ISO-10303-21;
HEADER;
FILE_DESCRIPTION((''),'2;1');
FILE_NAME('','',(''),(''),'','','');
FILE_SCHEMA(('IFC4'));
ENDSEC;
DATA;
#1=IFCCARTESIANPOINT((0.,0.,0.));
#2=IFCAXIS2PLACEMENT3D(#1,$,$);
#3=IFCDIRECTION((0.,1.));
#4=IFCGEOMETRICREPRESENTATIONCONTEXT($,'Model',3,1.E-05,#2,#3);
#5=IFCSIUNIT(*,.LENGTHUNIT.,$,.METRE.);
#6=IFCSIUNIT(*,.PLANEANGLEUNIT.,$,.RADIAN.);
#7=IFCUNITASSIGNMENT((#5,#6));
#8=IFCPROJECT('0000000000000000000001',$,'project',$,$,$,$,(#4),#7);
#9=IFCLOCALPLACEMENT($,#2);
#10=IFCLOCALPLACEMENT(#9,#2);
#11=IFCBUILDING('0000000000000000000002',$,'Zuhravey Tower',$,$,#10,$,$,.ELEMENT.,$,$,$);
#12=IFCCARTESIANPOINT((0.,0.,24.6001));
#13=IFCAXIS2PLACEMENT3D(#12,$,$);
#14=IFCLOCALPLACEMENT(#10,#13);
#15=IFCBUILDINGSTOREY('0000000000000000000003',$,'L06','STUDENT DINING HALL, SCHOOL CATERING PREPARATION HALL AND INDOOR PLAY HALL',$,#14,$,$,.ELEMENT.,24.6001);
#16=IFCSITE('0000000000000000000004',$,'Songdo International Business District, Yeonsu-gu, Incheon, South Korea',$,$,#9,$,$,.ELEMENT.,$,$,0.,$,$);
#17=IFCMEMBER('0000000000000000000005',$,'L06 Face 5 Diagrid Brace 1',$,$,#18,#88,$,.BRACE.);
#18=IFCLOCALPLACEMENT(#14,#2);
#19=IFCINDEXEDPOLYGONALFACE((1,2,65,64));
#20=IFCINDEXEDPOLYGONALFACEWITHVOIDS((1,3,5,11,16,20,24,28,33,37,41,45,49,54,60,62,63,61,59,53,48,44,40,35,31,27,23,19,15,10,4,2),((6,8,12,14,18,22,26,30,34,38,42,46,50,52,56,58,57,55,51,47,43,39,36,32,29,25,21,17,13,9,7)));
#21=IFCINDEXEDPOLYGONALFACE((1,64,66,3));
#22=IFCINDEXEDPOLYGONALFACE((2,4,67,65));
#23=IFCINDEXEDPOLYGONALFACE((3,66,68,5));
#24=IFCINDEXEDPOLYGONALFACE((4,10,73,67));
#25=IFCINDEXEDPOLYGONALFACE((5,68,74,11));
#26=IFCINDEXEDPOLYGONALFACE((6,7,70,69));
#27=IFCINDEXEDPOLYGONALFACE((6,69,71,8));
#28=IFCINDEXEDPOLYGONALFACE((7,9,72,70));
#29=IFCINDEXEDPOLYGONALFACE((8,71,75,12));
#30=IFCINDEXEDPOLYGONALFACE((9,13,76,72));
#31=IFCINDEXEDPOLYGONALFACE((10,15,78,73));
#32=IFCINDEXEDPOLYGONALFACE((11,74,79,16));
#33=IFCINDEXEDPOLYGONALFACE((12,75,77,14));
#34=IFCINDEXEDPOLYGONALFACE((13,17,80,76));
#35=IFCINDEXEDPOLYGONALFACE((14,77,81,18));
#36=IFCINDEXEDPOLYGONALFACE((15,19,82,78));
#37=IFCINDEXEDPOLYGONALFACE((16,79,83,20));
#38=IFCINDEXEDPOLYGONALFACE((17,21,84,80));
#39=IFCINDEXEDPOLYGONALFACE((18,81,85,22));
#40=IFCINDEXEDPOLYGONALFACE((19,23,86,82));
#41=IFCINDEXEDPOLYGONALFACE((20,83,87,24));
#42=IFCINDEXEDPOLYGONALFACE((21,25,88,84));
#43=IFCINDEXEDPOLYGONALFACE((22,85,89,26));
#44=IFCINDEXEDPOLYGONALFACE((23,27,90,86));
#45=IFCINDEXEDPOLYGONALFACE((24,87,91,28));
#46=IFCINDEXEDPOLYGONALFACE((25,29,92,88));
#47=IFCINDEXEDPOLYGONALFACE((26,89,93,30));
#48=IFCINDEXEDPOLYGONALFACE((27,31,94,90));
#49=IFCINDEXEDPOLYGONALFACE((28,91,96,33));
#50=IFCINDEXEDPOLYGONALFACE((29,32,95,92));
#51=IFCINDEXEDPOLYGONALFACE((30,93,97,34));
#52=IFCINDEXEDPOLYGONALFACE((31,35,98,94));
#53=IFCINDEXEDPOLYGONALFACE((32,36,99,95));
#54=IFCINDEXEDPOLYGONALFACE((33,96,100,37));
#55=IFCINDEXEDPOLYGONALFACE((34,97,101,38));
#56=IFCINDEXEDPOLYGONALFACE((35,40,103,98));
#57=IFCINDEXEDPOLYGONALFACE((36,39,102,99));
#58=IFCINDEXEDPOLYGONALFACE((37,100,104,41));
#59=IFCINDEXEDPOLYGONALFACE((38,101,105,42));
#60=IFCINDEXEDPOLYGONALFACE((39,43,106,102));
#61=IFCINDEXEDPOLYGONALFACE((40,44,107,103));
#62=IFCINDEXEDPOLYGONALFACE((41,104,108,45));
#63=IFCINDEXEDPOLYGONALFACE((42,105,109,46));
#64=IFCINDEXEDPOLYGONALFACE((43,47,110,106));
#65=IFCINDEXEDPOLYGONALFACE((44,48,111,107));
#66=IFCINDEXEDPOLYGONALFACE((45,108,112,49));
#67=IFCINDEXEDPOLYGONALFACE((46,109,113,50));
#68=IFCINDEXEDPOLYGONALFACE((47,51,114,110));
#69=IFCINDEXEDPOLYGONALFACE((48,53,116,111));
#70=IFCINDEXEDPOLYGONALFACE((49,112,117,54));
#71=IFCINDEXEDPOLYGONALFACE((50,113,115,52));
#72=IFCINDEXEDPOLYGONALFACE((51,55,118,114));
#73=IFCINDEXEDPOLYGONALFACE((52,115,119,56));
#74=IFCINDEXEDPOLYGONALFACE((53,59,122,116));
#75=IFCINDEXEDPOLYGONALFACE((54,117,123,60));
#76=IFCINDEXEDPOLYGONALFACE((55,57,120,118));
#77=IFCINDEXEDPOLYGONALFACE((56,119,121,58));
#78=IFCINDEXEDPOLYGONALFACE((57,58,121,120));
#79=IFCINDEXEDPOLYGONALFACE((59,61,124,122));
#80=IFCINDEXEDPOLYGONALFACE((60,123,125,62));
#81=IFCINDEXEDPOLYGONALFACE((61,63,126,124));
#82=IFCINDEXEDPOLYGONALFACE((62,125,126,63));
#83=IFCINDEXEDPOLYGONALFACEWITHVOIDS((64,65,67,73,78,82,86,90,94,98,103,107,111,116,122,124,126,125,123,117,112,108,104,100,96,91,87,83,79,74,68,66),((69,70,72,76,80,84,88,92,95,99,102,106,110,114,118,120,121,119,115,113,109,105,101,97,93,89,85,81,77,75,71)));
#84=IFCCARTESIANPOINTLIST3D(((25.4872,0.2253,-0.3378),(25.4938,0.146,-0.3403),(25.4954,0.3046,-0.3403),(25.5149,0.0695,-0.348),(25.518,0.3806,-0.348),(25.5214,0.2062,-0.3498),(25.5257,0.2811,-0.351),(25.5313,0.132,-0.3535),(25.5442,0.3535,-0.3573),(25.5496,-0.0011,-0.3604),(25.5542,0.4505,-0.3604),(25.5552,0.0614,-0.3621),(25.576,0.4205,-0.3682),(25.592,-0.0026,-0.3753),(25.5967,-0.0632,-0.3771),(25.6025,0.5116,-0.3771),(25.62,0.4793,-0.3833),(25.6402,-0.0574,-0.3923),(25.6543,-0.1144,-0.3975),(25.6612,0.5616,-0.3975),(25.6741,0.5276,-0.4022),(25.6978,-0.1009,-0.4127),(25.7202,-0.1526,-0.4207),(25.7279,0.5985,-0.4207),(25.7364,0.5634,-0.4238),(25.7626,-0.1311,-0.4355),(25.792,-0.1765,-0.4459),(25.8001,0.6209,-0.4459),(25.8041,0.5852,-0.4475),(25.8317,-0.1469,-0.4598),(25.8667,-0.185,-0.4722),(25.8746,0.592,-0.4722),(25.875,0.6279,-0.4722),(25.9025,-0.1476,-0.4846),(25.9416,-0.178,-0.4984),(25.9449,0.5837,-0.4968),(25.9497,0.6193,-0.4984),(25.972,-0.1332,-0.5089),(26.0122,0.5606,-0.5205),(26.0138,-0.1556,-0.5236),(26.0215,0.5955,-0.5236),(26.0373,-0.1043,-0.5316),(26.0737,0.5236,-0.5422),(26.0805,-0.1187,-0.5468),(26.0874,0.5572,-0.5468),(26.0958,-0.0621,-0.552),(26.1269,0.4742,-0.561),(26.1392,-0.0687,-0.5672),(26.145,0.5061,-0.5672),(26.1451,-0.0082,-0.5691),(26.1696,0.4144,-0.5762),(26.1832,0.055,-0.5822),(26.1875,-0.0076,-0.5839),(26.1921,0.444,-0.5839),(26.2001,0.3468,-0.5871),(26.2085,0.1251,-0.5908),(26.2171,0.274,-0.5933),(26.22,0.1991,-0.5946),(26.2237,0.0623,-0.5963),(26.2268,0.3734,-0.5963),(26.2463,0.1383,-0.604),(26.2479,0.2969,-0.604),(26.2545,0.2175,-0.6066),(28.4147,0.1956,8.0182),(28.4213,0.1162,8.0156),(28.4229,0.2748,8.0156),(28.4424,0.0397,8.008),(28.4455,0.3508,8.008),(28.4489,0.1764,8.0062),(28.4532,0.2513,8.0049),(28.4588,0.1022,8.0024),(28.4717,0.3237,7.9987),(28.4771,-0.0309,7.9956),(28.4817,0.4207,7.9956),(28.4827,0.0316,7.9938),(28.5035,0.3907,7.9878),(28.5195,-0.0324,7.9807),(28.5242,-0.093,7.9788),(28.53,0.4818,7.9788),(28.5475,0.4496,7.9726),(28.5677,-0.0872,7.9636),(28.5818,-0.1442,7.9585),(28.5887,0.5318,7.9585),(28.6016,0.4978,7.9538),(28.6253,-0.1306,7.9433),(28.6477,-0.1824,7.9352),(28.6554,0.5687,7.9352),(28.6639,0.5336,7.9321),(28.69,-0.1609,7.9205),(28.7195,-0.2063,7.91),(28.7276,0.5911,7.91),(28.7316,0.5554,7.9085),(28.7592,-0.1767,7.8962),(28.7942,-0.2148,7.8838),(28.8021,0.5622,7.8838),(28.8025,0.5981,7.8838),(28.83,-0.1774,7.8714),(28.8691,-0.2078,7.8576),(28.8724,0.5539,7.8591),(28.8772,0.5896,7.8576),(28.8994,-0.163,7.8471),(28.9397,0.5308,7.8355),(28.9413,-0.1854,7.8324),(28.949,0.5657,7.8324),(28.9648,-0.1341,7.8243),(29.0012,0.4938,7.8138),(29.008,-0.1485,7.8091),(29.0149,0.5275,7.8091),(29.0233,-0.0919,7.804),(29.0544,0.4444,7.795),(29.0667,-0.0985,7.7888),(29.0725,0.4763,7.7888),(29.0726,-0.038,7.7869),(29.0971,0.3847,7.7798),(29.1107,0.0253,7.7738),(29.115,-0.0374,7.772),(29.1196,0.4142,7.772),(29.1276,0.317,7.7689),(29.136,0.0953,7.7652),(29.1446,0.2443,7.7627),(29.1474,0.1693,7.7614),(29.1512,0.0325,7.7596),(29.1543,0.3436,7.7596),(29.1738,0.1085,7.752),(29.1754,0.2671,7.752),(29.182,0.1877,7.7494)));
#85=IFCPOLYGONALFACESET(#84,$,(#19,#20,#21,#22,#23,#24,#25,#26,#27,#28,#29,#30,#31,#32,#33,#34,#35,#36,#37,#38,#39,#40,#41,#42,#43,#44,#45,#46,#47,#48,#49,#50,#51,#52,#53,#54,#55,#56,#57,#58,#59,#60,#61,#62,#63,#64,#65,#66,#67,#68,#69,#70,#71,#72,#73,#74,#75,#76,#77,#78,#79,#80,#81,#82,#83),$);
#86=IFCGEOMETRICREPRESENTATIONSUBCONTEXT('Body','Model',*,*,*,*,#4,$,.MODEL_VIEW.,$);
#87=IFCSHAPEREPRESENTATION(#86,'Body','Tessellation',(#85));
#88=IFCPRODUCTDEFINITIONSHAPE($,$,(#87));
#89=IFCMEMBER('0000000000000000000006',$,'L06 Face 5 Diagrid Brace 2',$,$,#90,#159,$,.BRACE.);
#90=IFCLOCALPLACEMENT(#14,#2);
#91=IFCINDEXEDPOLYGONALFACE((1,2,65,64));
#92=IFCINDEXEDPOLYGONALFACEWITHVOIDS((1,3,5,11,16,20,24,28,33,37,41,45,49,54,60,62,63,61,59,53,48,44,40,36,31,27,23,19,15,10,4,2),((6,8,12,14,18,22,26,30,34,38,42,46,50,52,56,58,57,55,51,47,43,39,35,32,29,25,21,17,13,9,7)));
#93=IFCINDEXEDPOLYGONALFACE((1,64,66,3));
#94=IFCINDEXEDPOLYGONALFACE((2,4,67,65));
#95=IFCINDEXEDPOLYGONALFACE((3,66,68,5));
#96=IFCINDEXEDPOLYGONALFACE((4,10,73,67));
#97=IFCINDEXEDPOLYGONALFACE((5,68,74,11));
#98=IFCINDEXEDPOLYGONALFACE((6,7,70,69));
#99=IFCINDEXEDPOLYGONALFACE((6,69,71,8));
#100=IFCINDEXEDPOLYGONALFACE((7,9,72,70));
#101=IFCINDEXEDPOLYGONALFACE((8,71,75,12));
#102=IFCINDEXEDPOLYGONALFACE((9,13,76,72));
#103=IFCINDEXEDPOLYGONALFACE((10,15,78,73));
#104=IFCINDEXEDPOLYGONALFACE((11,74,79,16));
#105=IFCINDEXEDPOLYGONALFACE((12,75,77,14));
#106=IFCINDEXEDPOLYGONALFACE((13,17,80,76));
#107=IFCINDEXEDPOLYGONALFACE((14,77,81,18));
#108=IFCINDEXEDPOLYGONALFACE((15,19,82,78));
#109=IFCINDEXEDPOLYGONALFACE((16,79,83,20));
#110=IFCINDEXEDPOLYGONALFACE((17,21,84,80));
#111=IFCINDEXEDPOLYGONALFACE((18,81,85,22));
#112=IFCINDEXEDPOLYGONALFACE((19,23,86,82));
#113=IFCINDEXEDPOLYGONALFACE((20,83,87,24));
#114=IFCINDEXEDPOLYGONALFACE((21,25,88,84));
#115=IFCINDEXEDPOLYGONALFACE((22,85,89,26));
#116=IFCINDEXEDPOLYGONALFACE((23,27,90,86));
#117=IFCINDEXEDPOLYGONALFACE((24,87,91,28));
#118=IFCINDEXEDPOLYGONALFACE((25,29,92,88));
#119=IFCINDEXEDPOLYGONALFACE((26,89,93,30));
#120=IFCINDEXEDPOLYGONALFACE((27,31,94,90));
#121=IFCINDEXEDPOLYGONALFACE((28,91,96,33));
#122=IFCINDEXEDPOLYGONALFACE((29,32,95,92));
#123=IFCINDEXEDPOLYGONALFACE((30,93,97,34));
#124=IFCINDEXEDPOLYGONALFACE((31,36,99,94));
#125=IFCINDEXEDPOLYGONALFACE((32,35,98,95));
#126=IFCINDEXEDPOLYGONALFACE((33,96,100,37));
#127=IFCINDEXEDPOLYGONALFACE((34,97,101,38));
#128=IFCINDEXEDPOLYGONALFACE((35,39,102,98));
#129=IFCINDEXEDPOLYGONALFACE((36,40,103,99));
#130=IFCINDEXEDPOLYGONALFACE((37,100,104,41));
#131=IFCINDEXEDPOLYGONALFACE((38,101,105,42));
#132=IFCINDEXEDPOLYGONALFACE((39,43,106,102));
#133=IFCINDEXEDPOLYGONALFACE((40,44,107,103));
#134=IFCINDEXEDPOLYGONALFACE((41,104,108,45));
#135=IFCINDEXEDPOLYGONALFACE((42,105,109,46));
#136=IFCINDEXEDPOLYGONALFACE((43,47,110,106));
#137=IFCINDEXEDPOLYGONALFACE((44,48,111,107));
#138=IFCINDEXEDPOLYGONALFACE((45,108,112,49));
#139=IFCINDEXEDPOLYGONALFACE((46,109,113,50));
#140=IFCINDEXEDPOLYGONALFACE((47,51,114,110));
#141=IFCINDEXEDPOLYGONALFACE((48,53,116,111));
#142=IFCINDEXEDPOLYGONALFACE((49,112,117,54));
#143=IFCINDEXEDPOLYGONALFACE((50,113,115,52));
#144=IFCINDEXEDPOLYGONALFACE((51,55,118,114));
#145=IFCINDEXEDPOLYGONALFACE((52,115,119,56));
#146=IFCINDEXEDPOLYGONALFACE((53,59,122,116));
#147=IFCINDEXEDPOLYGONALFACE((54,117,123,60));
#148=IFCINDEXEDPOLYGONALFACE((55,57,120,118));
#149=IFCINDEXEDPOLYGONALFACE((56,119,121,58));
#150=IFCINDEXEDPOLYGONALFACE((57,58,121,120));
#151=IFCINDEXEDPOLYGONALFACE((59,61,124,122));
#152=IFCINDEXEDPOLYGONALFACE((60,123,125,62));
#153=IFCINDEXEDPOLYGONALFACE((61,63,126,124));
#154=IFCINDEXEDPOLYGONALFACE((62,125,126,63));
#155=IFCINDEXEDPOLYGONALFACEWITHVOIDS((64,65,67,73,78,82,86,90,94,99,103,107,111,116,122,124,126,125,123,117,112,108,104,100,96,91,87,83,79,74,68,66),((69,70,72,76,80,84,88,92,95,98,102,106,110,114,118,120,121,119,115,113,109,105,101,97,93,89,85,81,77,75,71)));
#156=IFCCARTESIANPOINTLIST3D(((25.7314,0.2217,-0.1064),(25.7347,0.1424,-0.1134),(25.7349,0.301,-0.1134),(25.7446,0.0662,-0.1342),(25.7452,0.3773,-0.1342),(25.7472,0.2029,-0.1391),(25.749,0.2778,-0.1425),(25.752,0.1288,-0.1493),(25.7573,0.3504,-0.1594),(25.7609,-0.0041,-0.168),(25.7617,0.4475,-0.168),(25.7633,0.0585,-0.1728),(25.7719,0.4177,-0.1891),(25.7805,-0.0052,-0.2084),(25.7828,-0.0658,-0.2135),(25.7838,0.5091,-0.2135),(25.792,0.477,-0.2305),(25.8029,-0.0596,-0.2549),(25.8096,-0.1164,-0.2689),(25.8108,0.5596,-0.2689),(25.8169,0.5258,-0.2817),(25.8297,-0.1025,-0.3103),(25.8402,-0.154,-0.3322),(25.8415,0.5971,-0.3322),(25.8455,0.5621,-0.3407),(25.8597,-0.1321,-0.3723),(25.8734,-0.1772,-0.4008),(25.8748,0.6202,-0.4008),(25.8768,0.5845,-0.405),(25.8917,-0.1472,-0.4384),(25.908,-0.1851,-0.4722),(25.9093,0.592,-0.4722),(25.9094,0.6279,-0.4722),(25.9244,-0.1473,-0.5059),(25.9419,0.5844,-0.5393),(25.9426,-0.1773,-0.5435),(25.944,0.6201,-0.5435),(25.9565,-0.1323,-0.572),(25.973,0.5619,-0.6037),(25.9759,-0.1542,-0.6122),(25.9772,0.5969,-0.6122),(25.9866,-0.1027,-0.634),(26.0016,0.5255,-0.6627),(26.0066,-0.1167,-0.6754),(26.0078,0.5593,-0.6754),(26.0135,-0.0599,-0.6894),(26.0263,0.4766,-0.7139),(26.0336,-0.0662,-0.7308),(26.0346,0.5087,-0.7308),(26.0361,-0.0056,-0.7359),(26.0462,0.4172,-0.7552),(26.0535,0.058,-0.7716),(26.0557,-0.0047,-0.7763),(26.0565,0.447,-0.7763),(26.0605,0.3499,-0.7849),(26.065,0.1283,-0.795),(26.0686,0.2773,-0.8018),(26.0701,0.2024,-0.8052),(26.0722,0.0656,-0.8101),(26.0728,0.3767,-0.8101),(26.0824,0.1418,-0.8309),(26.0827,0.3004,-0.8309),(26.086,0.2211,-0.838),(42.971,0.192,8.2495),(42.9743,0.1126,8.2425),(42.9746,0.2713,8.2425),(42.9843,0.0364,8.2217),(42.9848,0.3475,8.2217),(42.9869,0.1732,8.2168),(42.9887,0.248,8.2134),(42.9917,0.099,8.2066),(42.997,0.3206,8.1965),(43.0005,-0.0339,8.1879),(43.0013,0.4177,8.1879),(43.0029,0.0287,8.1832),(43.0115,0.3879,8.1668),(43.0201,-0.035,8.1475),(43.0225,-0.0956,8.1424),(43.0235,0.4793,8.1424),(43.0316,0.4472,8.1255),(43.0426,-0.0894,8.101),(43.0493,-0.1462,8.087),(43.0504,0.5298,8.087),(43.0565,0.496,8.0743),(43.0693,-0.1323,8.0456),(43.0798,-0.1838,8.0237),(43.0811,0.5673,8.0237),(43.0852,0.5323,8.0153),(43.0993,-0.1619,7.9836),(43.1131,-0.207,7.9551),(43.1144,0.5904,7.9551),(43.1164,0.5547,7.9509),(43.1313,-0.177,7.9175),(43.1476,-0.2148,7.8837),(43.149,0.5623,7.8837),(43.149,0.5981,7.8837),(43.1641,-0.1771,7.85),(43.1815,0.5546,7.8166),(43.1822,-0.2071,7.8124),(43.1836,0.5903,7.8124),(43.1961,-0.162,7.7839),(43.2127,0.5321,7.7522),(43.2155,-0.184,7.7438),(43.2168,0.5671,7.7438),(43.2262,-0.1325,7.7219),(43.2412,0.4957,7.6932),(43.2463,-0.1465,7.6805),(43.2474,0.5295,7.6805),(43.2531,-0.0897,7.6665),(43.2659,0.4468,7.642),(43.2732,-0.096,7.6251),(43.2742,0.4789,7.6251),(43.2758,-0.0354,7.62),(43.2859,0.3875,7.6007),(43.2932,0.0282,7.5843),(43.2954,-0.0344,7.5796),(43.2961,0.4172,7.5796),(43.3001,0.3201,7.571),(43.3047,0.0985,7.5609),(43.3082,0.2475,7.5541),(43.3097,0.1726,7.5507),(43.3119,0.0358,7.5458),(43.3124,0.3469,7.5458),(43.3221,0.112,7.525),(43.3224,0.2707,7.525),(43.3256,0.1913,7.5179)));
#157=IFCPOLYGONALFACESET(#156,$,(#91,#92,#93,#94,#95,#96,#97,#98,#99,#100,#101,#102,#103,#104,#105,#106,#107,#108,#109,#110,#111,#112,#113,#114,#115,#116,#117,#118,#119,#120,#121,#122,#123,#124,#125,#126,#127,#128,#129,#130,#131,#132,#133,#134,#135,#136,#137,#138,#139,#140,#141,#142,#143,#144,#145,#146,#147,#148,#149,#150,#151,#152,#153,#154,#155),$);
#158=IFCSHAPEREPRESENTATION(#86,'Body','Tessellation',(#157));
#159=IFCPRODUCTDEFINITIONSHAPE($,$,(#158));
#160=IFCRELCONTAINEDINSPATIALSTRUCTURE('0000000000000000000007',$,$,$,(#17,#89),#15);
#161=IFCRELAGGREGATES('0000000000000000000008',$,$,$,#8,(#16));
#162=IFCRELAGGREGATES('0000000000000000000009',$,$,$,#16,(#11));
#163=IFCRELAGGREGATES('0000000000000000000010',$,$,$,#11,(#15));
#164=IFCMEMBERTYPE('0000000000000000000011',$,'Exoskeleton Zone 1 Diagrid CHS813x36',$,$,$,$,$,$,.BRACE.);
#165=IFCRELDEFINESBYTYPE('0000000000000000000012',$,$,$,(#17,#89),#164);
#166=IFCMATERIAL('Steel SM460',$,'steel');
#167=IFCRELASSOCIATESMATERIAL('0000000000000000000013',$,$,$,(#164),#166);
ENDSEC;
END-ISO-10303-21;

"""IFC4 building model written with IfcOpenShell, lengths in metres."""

from ifc_helpers import new_model, si_unit, direction, frame, origin, origin_2d, place, context, subcontext, project, spatial, hollow_circle, extrude, material, material_profile, profile_set, type_object, element, save


model = new_model("IFC4")

# Units and contexts
model_context = context("Model", 3, precision=1e-05, world=origin(), true_north=direction((0.0, 1.0)))
body_context = subcontext(model_context, "Body", "Model", "MODEL_VIEW")
ifc_project = project(units=[si_unit("LENGTHUNIT", "METRE"), si_unit("PLANEANGLEUNIT", "RADIAN")], contexts=[model_context])

# Site, building, storey
site_placement = place(None, origin())
site = spatial("IfcSite", under=ifc_project, at=site_placement, Name="Songdo International Business District, Yeonsu-gu, Incheon, South Korea", CompositionType="ELEMENT", RefElevation=0.0)
building_placement = place(site_placement, origin())
building = spatial("IfcBuilding", under=site, at=building_placement, Name="Zuhravey Tower", CompositionType="ELEMENT")
storey_placement = place(building_placement, frame((0.0, 0.0, 24.6001)))
storey = spatial("IfcBuildingStorey", under=building, at=storey_placement, Name="L06", Description="STUDENT DINING HALL, SCHOOL CATERING PREPARATION HALL AND INDOOR PLAY HALL", CompositionType="ELEMENT", Elevation=24.6001)

# Members
ifc_material_1 = material(Name="Steel SM460", Category="steel")
ifc_material_profile_1 = material_profile(ifc_material_1, hollow_circle(Radius=0.4065, WallThickness=0.0359, at=origin_2d()), Name="CHS-812.8x36")
ifc_profile_set_1 = profile_set([ifc_material_profile_1], Name="Steel SM460")
member_type_1 = type_object("IfcMemberType", Name="Exoskeleton Zone 1 Diagrid CHS813x36", PredefinedType="BRACE", material=ifc_profile_set_1)
member_1_placement = place(storey_placement, frame((25.8708, 0.2214, -0.4722), z_axis=(0.330641, -0.003364, 0.943751), x_axis=(0.010174, 0.999948, 0.0)))
element("IfcMember", 1, at=member_1_placement, inside=storey, type_object=member_type_1, Name="L06 Face 5 Diagrid Brace 1", PredefinedType="BRACE", context=body_context, shape_type="SweptSolid", body=[
    extrude(hollow_circle(Radius=0.4065, WallThickness=0.0359, at=origin_2d()), origin(), (0.0, 0.0, 1.0), 8.854),
])
member_2_placement = place(storey_placement, frame((25.9087, 0.2214, -0.4722), z_axis=(0.899868, -0.001555, 0.436159), x_axis=(0.001728, 0.999999, 0.0)))
element("IfcMember", 2, at=member_2_placement, inside=storey, type_object=member_type_1, Name="L06 Face 5 Diagrid Brace 2", PredefinedType="BRACE", context=body_context, shape_type="SweptSolid", body=[
    extrude(hollow_circle(Radius=0.4065, WallThickness=0.0359, at=origin_2d()), origin(), (0.0, 0.0, 1.0), 19.158),
])

save(model, "model.ifc")
